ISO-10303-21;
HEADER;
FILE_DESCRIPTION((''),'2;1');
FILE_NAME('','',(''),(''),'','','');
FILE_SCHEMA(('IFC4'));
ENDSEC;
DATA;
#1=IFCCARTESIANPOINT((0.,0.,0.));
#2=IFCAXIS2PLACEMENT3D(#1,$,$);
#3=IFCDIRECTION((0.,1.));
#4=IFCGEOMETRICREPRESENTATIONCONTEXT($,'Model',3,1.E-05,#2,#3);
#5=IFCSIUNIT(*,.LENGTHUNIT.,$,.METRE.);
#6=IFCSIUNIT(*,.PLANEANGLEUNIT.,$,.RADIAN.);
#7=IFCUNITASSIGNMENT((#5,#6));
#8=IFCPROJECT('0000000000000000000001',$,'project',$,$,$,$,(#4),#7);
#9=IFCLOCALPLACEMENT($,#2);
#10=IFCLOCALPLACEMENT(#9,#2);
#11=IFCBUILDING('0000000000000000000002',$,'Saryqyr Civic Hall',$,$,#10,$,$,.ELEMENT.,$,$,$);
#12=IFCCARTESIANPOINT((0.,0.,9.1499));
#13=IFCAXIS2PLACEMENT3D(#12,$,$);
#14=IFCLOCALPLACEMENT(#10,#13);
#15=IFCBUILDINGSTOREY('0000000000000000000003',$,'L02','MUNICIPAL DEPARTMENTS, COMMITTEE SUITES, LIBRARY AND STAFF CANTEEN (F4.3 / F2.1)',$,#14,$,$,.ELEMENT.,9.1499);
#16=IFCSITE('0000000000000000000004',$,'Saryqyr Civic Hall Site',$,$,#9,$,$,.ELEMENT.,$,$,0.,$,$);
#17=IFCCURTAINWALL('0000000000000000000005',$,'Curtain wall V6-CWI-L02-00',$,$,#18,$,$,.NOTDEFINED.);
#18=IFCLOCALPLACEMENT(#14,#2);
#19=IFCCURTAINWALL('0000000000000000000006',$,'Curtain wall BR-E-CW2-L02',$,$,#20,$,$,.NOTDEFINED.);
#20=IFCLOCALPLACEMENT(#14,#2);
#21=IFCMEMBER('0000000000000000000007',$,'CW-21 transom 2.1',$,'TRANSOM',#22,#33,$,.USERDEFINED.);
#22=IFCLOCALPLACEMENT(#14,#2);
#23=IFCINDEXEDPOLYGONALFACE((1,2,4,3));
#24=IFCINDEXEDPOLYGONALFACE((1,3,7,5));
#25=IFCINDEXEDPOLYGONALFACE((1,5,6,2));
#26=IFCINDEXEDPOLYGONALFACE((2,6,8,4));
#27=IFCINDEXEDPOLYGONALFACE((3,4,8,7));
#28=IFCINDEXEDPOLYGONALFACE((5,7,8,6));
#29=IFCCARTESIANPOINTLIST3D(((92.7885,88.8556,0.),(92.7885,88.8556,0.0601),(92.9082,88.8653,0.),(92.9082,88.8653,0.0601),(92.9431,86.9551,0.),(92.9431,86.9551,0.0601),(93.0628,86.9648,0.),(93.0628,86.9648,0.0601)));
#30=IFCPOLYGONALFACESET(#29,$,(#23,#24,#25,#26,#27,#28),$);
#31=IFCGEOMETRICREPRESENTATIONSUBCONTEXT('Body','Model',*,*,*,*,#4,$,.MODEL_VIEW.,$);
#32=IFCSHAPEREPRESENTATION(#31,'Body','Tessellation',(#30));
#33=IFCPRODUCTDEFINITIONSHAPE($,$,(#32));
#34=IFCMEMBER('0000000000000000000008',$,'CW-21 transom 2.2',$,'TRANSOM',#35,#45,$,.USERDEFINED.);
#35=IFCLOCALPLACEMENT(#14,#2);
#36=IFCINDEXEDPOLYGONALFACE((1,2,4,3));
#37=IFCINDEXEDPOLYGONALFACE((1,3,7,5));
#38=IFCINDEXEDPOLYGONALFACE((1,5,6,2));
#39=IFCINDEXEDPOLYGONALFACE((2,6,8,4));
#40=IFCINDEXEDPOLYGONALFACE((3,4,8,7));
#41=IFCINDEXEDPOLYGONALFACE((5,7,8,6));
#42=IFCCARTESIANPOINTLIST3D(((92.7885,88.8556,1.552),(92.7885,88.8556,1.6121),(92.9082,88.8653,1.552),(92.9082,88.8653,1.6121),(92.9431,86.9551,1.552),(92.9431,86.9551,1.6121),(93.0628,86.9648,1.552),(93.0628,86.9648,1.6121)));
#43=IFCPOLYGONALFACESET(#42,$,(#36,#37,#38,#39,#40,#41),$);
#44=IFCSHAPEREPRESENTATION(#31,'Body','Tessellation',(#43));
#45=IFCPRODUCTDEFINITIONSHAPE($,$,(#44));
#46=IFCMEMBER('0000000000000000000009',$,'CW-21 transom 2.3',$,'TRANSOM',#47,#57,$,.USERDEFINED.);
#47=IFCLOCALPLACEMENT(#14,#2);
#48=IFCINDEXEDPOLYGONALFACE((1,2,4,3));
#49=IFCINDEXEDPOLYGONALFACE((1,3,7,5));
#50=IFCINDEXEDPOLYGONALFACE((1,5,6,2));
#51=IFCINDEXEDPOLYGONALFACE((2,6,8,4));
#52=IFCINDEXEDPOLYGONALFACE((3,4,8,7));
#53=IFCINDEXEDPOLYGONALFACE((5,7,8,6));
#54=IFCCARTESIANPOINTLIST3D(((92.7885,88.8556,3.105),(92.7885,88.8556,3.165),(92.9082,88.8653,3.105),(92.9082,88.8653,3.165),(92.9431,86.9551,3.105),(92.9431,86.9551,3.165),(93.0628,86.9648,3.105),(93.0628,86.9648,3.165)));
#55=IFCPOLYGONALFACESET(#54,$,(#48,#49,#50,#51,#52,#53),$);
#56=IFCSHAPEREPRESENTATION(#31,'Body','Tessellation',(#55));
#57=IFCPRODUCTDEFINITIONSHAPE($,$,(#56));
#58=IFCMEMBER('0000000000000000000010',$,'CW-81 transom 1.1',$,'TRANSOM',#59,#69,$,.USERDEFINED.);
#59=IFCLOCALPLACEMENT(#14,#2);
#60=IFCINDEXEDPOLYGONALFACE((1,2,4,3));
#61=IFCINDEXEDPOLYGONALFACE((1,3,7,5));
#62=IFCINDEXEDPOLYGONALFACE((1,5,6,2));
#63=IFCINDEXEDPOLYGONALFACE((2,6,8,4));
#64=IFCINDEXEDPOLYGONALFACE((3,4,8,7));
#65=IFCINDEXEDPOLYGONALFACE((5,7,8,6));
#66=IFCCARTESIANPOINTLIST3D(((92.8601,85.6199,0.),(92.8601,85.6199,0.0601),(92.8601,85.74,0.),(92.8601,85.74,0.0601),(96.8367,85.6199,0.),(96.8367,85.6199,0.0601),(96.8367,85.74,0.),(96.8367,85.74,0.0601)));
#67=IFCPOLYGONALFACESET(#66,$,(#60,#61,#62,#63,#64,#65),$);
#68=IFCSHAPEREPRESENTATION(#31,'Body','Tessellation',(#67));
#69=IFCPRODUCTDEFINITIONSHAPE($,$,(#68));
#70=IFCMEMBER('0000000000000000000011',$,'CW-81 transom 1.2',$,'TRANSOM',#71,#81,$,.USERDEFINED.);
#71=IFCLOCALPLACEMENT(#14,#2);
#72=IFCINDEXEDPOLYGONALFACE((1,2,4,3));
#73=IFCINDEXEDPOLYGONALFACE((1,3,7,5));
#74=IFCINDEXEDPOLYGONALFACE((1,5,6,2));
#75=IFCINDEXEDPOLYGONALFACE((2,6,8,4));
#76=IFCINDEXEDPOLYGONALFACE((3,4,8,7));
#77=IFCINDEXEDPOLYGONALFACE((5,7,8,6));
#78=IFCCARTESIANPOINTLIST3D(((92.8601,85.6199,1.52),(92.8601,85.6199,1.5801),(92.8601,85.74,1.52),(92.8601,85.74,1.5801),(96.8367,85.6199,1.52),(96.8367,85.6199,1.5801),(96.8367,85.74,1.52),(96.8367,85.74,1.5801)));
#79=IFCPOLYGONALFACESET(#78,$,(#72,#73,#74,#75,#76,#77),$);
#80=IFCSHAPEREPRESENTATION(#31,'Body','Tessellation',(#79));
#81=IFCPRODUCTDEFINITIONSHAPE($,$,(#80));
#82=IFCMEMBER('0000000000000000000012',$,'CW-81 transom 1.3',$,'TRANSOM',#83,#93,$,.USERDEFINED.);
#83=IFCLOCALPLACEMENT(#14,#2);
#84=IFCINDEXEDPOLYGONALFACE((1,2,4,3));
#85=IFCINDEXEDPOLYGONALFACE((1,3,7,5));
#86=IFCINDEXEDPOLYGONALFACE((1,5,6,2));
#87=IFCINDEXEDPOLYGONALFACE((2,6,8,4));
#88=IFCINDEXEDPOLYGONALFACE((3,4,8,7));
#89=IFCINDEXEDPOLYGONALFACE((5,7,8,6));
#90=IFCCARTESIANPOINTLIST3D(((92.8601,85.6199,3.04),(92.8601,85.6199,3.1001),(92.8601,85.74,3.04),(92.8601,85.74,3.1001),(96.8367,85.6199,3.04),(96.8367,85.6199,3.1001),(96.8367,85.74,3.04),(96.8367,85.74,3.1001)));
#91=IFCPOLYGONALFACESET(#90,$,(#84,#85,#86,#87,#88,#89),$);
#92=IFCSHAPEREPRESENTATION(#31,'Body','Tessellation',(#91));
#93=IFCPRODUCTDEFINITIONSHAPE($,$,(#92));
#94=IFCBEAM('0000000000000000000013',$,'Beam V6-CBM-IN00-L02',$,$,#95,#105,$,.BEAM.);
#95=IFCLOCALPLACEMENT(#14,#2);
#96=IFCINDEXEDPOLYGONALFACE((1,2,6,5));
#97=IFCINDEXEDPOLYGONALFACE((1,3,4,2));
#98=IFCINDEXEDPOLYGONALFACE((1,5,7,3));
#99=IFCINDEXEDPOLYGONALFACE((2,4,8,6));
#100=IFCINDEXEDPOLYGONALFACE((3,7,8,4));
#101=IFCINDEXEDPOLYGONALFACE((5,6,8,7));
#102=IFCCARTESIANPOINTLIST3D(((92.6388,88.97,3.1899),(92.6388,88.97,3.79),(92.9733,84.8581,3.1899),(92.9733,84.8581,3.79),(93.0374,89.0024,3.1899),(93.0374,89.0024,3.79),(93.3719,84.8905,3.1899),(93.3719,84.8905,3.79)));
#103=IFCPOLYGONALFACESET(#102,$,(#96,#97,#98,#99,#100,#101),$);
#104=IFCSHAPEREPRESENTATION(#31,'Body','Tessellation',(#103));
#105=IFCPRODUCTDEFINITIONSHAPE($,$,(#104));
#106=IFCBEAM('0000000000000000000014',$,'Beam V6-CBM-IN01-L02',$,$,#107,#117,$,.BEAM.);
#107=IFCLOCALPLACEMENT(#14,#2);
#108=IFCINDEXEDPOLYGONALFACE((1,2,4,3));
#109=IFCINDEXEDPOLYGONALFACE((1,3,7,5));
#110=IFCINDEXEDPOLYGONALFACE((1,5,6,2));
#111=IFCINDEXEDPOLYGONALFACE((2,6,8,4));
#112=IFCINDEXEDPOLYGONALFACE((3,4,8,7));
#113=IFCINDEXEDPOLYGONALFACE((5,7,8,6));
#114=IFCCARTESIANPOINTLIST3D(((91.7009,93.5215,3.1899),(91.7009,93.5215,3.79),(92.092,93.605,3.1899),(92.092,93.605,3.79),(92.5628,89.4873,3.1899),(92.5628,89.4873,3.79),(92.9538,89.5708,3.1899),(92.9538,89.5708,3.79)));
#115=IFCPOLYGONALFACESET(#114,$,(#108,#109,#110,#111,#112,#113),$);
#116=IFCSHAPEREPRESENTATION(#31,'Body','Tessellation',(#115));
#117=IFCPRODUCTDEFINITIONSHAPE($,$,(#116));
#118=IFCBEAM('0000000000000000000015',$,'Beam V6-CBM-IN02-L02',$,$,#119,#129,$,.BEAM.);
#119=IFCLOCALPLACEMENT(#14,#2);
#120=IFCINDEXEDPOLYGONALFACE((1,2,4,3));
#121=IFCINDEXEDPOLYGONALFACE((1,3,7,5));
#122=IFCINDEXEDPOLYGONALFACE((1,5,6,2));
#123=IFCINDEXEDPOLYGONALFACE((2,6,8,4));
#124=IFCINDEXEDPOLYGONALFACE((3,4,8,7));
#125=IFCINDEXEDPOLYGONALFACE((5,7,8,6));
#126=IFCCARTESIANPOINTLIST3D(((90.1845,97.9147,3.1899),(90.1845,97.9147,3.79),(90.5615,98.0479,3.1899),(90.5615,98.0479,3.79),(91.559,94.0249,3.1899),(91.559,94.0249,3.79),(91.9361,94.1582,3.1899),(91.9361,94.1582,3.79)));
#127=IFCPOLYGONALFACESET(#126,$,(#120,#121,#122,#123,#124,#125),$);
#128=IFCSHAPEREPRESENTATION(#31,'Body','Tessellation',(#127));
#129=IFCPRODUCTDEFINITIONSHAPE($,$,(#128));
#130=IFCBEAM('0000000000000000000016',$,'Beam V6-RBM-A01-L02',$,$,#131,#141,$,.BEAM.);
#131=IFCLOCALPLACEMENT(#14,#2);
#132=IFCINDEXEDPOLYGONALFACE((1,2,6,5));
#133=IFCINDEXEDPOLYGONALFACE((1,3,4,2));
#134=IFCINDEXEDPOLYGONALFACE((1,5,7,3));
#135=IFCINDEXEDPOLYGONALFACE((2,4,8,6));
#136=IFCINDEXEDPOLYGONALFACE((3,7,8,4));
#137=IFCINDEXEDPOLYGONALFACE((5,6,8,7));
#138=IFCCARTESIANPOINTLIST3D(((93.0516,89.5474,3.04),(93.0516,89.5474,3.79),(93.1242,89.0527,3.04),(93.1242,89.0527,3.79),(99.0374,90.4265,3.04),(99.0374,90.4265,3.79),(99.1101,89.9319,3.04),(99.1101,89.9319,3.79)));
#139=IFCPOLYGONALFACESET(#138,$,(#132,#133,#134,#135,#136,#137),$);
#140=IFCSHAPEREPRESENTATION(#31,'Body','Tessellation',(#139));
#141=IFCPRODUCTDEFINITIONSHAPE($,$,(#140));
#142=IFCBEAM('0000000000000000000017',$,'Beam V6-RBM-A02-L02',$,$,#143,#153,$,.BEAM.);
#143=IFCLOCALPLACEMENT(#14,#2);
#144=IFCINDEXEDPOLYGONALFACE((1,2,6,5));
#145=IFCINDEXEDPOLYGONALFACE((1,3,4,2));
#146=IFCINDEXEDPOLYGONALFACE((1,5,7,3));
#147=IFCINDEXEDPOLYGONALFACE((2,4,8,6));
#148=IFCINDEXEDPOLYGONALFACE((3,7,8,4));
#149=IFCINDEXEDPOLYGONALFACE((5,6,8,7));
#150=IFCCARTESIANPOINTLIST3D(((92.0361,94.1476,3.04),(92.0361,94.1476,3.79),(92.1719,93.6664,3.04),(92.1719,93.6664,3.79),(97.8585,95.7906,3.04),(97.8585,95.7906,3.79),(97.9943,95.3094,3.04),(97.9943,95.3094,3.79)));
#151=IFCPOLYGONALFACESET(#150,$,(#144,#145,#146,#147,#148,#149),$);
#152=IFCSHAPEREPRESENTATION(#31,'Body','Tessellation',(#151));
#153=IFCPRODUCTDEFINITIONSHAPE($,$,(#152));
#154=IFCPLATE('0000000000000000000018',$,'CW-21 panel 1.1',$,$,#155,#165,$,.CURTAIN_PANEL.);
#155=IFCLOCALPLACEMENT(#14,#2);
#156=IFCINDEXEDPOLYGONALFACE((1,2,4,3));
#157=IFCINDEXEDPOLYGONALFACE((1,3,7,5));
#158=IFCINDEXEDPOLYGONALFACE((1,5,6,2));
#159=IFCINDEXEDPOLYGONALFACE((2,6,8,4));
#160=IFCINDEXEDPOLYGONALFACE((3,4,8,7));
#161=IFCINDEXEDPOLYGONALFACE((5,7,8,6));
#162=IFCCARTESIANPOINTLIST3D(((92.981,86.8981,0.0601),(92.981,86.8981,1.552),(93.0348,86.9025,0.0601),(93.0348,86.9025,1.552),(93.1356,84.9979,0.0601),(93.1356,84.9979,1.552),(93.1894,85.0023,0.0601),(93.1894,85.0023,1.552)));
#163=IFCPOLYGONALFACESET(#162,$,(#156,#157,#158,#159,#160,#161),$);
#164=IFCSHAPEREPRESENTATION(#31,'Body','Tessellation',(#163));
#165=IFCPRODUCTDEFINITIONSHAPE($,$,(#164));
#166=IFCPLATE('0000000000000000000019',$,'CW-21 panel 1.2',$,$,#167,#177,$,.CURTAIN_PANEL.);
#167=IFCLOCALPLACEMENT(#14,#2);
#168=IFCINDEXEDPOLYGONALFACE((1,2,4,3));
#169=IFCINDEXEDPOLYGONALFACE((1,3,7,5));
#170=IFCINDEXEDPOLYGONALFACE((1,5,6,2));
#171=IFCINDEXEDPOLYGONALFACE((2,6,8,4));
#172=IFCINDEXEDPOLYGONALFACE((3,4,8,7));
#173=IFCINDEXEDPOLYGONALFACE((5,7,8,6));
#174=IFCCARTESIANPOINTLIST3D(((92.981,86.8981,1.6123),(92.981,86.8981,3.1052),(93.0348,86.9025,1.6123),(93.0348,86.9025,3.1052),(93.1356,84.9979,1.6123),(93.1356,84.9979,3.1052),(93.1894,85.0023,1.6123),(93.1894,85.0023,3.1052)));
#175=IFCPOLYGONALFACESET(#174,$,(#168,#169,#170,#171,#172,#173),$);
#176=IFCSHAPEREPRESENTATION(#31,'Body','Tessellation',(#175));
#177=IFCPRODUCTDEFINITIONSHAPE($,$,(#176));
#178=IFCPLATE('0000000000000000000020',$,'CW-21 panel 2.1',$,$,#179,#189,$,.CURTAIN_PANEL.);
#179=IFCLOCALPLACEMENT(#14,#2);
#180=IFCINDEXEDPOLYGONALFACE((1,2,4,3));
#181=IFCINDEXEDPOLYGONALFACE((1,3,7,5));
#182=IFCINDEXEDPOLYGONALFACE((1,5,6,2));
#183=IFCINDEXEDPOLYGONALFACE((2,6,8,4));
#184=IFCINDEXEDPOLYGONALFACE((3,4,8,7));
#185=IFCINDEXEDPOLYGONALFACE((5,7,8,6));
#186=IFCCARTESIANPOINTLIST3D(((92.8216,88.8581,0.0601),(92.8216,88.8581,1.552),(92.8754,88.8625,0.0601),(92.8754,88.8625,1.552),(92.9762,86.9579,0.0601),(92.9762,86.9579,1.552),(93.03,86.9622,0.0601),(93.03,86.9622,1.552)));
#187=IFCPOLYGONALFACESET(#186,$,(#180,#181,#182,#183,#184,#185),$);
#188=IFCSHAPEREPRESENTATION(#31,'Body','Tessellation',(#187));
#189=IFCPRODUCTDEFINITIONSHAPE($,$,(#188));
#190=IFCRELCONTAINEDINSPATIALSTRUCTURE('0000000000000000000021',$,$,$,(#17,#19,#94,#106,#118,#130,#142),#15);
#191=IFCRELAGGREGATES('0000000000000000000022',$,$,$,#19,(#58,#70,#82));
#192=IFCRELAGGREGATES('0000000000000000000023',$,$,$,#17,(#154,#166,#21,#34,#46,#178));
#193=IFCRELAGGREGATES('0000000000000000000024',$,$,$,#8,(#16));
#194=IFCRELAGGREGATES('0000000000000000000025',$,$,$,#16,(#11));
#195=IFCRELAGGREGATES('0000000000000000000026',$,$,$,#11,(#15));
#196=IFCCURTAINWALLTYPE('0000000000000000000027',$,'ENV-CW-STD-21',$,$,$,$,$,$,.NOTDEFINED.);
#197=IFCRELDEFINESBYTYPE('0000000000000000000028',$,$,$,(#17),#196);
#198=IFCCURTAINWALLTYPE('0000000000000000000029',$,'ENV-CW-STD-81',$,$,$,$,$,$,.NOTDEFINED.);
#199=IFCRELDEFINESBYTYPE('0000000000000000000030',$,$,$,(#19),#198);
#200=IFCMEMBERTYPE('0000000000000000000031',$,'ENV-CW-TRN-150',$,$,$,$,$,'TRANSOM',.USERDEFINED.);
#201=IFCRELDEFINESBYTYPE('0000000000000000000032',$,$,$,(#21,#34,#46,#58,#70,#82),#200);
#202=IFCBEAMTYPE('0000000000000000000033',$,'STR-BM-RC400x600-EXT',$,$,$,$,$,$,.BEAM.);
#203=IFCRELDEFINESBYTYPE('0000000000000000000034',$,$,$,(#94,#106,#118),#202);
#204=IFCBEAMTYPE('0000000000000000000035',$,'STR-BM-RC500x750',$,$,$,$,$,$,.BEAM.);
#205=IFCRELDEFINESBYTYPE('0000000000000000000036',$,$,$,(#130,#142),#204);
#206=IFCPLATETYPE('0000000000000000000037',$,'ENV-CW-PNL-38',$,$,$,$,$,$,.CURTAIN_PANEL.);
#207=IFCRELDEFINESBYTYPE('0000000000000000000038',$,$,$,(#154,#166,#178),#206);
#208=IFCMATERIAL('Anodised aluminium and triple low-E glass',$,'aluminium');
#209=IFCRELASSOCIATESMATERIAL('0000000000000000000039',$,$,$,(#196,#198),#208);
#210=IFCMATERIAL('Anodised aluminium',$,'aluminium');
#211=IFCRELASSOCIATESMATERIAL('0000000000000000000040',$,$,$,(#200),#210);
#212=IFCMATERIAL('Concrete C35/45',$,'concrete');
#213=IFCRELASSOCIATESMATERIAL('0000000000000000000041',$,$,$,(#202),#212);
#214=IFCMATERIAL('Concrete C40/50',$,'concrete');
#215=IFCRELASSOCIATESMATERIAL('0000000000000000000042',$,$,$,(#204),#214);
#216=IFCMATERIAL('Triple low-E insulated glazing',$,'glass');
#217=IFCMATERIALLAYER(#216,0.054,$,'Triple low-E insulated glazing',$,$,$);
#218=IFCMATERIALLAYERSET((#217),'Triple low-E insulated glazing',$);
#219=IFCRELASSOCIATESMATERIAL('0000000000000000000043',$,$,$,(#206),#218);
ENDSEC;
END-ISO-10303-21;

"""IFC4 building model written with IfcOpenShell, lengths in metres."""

from ifc_helpers import new_model, si_unit, direction, frame, origin, origin_2d, place, context, subcontext, project, spatial, rectangle, extrude, material, layer, layer_set, material_profile, profile_set, type_object, element, aggregate, save


model = new_model("IFC4")

# Units and contexts
model_context = context("Model", 3, precision=1e-05, world=origin(), true_north=direction((0.0, 1.0)))
body_context = subcontext(model_context, "Body", "Model", "MODEL_VIEW")
ifc_project = project(units=[si_unit("LENGTHUNIT", "METRE"), si_unit("PLANEANGLEUNIT", "RADIAN")], contexts=[model_context])

# Site, building, storey
site_placement = place(None, origin())
site = spatial("IfcSite", under=ifc_project, at=site_placement, Name="Saryqyr Civic Hall Site", CompositionType="ELEMENT", RefElevation=0.0)
building_placement = place(site_placement, origin())
building = spatial("IfcBuilding", under=site, at=building_placement, Name="Saryqyr Civic Hall", CompositionType="ELEMENT")
storey_placement = place(building_placement, frame((0.0, 0.0, 9.1499)))
storey = spatial("IfcBuildingStorey", under=building, at=storey_placement, Name="L02", Description="MUNICIPAL DEPARTMENTS, COMMITTEE SUITES, LIBRARY AND STAFF CANTEEN (F4.3 / F2.1)", CompositionType="ELEMENT", Elevation=9.1499)

# Shared definitions
ifc_material_1 = material(Name="Concrete C40/50", Category="concrete")

# Curtain wall
ifc_material_2 = material(Name="Anodised aluminium and triple low-E glass", Category="aluminium")
curtain_wall_type_1 = type_object("IfcCurtainWallType", Name="ENV-CW-STD-21", PredefinedType="NOTDEFINED", material=ifc_material_2)
curtain_wall_1_placement = place(storey_placement, origin())
curtain_wall_1 = element("IfcCurtainWall", 1, at=curtain_wall_1_placement, inside=storey, type_object=curtain_wall_type_1, Name="Curtain wall V6-CWI-L02-00", PredefinedType="NOTDEFINED")
ifc_material_3 = material(Name="Anodised aluminium", Category="aluminium")

# Curtain wall
curtain_wall_type_2 = type_object("IfcCurtainWallType", Name="ENV-CW-STD-81", PredefinedType="NOTDEFINED", material=ifc_material_2)
curtain_wall_2_placement = place(storey_placement, origin())
curtain_wall_2 = element("IfcCurtainWall", 2, at=curtain_wall_2_placement, inside=storey, type_object=curtain_wall_type_2, Name="Curtain wall BR-E-CW2-L02", PredefinedType="NOTDEFINED")

# Members
ifc_material_profile_1 = material_profile(ifc_material_3, rectangle(XDim=0.1201, YDim=0.0601, at=origin_2d()), Name="ALU TRANSOM 120x60")
ifc_profile_set_1 = profile_set([ifc_material_profile_1], Name="Anodised aluminium")
member_type_1 = type_object("IfcMemberType", Name="ENV-CW-TRN-150", ElementType="TRANSOM", PredefinedType="USERDEFINED", material=ifc_profile_set_1)
member_1_placement = place(storey_placement, frame((93.0029, 86.96, 0.03), z_axis=(-0.081053, 0.99671, 0.0), x_axis=(-0.99671, -0.081053, 0.0)))
member_1 = element("IfcMember", 3, at=member_1_placement, type_object=member_type_1, Name="CW-21 transom 2.1", ObjectType="TRANSOM", PredefinedType="USERDEFINED", context=body_context, shape_type="SweptSolid", body=[
    extrude(rectangle(XDim=0.1201, YDim=0.0601, at=origin_2d()), origin(), (0.0, 0.0, 1.0), 1.9067),
])
member_2_placement = place(storey_placement, frame((93.0029, 86.96, 1.582), z_axis=(-0.081053, 0.99671, 0.0), x_axis=(-0.99671, -0.081053, 0.0)))
member_2 = element("IfcMember", 4, at=member_2_placement, type_object=member_type_1, Name="CW-21 transom 2.2", ObjectType="TRANSOM", PredefinedType="USERDEFINED", context=body_context, shape_type="SweptSolid", body=[
    extrude(rectangle(XDim=0.1201, YDim=0.0601, at=origin_2d()), origin(), (0.0, 0.0, 1.0), 1.9067),
])
member_3_placement = place(storey_placement, frame((93.0029, 86.96, 3.135), z_axis=(-0.081053, 0.99671, 0.0), x_axis=(-0.99671, -0.081053, 0.0)))
member_3 = element("IfcMember", 5, at=member_3_placement, type_object=member_type_1, Name="CW-21 transom 2.3", ObjectType="TRANSOM", PredefinedType="USERDEFINED", context=body_context, shape_type="SweptSolid", body=[
    extrude(rectangle(XDim=0.1201, YDim=0.0601, at=origin_2d()), origin(), (0.0, 0.0, 1.0), 1.9067),
])
member_4_placement = place(storey_placement, frame((92.8601, 85.6799, 0.03), z_axis=(1.0, 0.0, 0.0), x_axis=(0.0, 1.0, 0.0)))
member_4 = element("IfcMember", 6, at=member_4_placement, type_object=member_type_1, Name="CW-81 transom 1.1", ObjectType="TRANSOM", PredefinedType="USERDEFINED", context=body_context, shape_type="SweptSolid", body=[
    extrude(rectangle(XDim=0.1201, YDim=0.0601, at=origin_2d()), origin(), (0.0, 0.0, 1.0), 3.9766),
])
member_5_placement = place(storey_placement, frame((92.8601, 85.6799, 1.55), z_axis=(1.0, 0.0, 0.0), x_axis=(0.0, 1.0, 0.0)))
member_5 = element("IfcMember", 7, at=member_5_placement, type_object=member_type_1, Name="CW-81 transom 1.2", ObjectType="TRANSOM", PredefinedType="USERDEFINED", context=body_context, shape_type="SweptSolid", body=[
    extrude(rectangle(XDim=0.1201, YDim=0.0601, at=origin_2d()), origin(), (0.0, 0.0, 1.0), 3.9766),
])
member_6_placement = place(storey_placement, frame((92.8601, 85.6799, 3.0701), z_axis=(1.0, 0.0, 0.0), x_axis=(0.0, 1.0, 0.0)))
member_6 = element("IfcMember", 8, at=member_6_placement, type_object=member_type_1, Name="CW-81 transom 1.3", ObjectType="TRANSOM", PredefinedType="USERDEFINED", context=body_context, shape_type="SweptSolid", body=[
    extrude(rectangle(XDim=0.1201, YDim=0.0601, at=origin_2d()), origin(), (0.0, 0.0, 1.0), 3.9766),
])
aggregate(curtain_wall_2, [member_4, member_5, member_6])

# Beams
ifc_material_4 = material(Name="Concrete C35/45", Category="concrete")
ifc_material_profile_2 = material_profile(ifc_material_4, rectangle(XDim=0.3999, YDim=0.6001, at=origin_2d()), Name="RC 400x600")
ifc_profile_set_2 = profile_set([ifc_material_profile_2], Name="Concrete C35/45")
beam_type_1 = type_object("IfcBeamType", Name="STR-BM-RC400x600-EXT", PredefinedType="BEAM", material=ifc_profile_set_2)
beam_1_placement = place(storey_placement, frame((93.1726, 84.8743, 3.49), z_axis=(-0.081076, 0.996708, 0.0), x_axis=(-0.996708, -0.081076, 0.0)))
element("IfcBeam", 9, at=beam_1_placement, inside=storey, type_object=beam_type_1, Name="Beam V6-CBM-IN00-L02", PredefinedType="BEAM", context=body_context, shape_type="SweptSolid", body=[
    extrude(rectangle(XDim=0.3999, YDim=0.6001, at=origin_2d()), origin(), (0.0, 0.0, 1.0), 4.1255),
])
beam_2_placement = place(storey_placement, frame((92.7583, 89.5291, 3.49), z_axis=(-0.208915, 0.977934, 0.0), x_axis=(-0.977934, -0.208915, 0.0)))
element("IfcBeam", 10, at=beam_2_placement, inside=storey, type_object=beam_type_1, Name="Beam V6-CBM-IN01-L02", PredefinedType="BEAM", context=body_context, shape_type="SweptSolid", body=[
    extrude(rectangle(XDim=0.3999, YDim=0.6001, at=origin_2d()), origin(), (0.0, 0.0, 1.0), 4.1252),
])
beam_3_placement = place(storey_placement, frame((91.7476, 94.0916, 3.49), z_axis=(-0.333185, 0.942861, 0.0), x_axis=(-0.942861, -0.333185, 0.0)))
element("IfcBeam", 11, at=beam_3_placement, inside=storey, type_object=beam_type_1, Name="Beam V6-CBM-IN02-L02", PredefinedType="BEAM", context=body_context, shape_type="SweptSolid", body=[
    extrude(rectangle(XDim=0.3999, YDim=0.6001, at=origin_2d()), origin(), (0.0, 0.0, 1.0), 4.1255),
])
ifc_material_profile_3 = material_profile(ifc_material_1, rectangle(XDim=0.5, YDim=0.75, at=origin_2d()), Name="RC 500x750")
ifc_profile_set_3 = profile_set([ifc_material_profile_3], Name="Concrete C40/50")
beam_type_2 = type_object("IfcBeamType", Name="STR-BM-RC500x750", PredefinedType="BEAM", material=ifc_profile_set_3)
beam_4_placement = place(storey_placement, frame((93.0879, 89.3, 3.415), z_axis=(0.989386, 0.145313, 0.0), x_axis=(-0.145313, 0.989386, 0.0)))
element("IfcBeam", 12, at=beam_4_placement, inside=storey, type_object=beam_type_2, Name="Beam V6-RBM-A01-L02", PredefinedType="BEAM", context=body_context, shape_type="SweptSolid", body=[
    extrude(rectangle(XDim=0.5, YDim=0.75, at=origin_2d()), origin(), (0.0, 0.0, 1.0), 6.05),
])
beam_5_placement = place(storey_placement, frame((92.104, 93.907, 3.415), z_axis=(0.962414, 0.271586, 0.0), x_axis=(-0.271586, 0.962414, 0.0)))
element("IfcBeam", 13, at=beam_5_placement, inside=storey, type_object=beam_type_2, Name="Beam V6-RBM-A02-L02", PredefinedType="BEAM", context=body_context, shape_type="SweptSolid", body=[
    extrude(rectangle(XDim=0.5, YDim=0.75, at=origin_2d()), origin(), (0.0, 0.0, 1.0), 6.0498),
])

# Plates
ifc_material_5 = material(Name="Triple low-E insulated glazing", Category="glass")
ifc_layer_1 = layer(ifc_material_5, 0.054, Name="Triple low-E insulated glazing")
ifc_layer_set_1 = layer_set([ifc_layer_1], Name="Triple low-E insulated glazing")
plate_type = type_object("IfcPlateType", Name="ENV-CW-PNL-38", PredefinedType="CURTAIN_PANEL", material=ifc_layer_set_1)
plate_1_placement = place(storey_placement, frame((93.0852, 85.9502, 0.0601), z_axis=(0.0, 0.0, 1.0), x_axis=(-0.081091, 0.996707, 0.0)))
plate_1 = element("IfcPlate", 14, at=plate_1_placement, type_object=plate_type, Name="CW-21 panel 1.1", PredefinedType="CURTAIN_PANEL", context=body_context, shape_type="SweptSolid", body=[
    extrude(rectangle(XDim=1.9065, YDim=0.054, at=origin_2d()), origin(), (0.0, 0.0, 1.0), 1.4919),
])
plate_2_placement = place(storey_placement, frame((93.0852, 85.9502, 1.6123), z_axis=(0.0, 0.0, 1.0), x_axis=(-0.081091, 0.996707, 0.0)))
plate_2 = element("IfcPlate", 15, at=plate_2_placement, type_object=plate_type, Name="CW-21 panel 1.2", PredefinedType="CURTAIN_PANEL", context=body_context, shape_type="SweptSolid", body=[
    extrude(rectangle(XDim=1.9065, YDim=0.054, at=origin_2d()), origin(), (0.0, 0.0, 1.0), 1.4929),
])
plate_3_placement = place(storey_placement, frame((92.9258, 87.9102, 0.0601), z_axis=(0.0, 0.0, 1.0), x_axis=(-0.081091, 0.996707, 0.0)))
plate_3 = element("IfcPlate", 16, at=plate_3_placement, type_object=plate_type, Name="CW-21 panel 2.1", PredefinedType="CURTAIN_PANEL", context=body_context, shape_type="SweptSolid", body=[
    extrude(rectangle(XDim=1.9065, YDim=0.054, at=origin_2d()), origin(), (0.0, 0.0, 1.0), 1.4919),
])
aggregate(curtain_wall_1, [plate_1, plate_2, member_1, member_2, member_3, plate_3])

save(model, "model.ifc")
